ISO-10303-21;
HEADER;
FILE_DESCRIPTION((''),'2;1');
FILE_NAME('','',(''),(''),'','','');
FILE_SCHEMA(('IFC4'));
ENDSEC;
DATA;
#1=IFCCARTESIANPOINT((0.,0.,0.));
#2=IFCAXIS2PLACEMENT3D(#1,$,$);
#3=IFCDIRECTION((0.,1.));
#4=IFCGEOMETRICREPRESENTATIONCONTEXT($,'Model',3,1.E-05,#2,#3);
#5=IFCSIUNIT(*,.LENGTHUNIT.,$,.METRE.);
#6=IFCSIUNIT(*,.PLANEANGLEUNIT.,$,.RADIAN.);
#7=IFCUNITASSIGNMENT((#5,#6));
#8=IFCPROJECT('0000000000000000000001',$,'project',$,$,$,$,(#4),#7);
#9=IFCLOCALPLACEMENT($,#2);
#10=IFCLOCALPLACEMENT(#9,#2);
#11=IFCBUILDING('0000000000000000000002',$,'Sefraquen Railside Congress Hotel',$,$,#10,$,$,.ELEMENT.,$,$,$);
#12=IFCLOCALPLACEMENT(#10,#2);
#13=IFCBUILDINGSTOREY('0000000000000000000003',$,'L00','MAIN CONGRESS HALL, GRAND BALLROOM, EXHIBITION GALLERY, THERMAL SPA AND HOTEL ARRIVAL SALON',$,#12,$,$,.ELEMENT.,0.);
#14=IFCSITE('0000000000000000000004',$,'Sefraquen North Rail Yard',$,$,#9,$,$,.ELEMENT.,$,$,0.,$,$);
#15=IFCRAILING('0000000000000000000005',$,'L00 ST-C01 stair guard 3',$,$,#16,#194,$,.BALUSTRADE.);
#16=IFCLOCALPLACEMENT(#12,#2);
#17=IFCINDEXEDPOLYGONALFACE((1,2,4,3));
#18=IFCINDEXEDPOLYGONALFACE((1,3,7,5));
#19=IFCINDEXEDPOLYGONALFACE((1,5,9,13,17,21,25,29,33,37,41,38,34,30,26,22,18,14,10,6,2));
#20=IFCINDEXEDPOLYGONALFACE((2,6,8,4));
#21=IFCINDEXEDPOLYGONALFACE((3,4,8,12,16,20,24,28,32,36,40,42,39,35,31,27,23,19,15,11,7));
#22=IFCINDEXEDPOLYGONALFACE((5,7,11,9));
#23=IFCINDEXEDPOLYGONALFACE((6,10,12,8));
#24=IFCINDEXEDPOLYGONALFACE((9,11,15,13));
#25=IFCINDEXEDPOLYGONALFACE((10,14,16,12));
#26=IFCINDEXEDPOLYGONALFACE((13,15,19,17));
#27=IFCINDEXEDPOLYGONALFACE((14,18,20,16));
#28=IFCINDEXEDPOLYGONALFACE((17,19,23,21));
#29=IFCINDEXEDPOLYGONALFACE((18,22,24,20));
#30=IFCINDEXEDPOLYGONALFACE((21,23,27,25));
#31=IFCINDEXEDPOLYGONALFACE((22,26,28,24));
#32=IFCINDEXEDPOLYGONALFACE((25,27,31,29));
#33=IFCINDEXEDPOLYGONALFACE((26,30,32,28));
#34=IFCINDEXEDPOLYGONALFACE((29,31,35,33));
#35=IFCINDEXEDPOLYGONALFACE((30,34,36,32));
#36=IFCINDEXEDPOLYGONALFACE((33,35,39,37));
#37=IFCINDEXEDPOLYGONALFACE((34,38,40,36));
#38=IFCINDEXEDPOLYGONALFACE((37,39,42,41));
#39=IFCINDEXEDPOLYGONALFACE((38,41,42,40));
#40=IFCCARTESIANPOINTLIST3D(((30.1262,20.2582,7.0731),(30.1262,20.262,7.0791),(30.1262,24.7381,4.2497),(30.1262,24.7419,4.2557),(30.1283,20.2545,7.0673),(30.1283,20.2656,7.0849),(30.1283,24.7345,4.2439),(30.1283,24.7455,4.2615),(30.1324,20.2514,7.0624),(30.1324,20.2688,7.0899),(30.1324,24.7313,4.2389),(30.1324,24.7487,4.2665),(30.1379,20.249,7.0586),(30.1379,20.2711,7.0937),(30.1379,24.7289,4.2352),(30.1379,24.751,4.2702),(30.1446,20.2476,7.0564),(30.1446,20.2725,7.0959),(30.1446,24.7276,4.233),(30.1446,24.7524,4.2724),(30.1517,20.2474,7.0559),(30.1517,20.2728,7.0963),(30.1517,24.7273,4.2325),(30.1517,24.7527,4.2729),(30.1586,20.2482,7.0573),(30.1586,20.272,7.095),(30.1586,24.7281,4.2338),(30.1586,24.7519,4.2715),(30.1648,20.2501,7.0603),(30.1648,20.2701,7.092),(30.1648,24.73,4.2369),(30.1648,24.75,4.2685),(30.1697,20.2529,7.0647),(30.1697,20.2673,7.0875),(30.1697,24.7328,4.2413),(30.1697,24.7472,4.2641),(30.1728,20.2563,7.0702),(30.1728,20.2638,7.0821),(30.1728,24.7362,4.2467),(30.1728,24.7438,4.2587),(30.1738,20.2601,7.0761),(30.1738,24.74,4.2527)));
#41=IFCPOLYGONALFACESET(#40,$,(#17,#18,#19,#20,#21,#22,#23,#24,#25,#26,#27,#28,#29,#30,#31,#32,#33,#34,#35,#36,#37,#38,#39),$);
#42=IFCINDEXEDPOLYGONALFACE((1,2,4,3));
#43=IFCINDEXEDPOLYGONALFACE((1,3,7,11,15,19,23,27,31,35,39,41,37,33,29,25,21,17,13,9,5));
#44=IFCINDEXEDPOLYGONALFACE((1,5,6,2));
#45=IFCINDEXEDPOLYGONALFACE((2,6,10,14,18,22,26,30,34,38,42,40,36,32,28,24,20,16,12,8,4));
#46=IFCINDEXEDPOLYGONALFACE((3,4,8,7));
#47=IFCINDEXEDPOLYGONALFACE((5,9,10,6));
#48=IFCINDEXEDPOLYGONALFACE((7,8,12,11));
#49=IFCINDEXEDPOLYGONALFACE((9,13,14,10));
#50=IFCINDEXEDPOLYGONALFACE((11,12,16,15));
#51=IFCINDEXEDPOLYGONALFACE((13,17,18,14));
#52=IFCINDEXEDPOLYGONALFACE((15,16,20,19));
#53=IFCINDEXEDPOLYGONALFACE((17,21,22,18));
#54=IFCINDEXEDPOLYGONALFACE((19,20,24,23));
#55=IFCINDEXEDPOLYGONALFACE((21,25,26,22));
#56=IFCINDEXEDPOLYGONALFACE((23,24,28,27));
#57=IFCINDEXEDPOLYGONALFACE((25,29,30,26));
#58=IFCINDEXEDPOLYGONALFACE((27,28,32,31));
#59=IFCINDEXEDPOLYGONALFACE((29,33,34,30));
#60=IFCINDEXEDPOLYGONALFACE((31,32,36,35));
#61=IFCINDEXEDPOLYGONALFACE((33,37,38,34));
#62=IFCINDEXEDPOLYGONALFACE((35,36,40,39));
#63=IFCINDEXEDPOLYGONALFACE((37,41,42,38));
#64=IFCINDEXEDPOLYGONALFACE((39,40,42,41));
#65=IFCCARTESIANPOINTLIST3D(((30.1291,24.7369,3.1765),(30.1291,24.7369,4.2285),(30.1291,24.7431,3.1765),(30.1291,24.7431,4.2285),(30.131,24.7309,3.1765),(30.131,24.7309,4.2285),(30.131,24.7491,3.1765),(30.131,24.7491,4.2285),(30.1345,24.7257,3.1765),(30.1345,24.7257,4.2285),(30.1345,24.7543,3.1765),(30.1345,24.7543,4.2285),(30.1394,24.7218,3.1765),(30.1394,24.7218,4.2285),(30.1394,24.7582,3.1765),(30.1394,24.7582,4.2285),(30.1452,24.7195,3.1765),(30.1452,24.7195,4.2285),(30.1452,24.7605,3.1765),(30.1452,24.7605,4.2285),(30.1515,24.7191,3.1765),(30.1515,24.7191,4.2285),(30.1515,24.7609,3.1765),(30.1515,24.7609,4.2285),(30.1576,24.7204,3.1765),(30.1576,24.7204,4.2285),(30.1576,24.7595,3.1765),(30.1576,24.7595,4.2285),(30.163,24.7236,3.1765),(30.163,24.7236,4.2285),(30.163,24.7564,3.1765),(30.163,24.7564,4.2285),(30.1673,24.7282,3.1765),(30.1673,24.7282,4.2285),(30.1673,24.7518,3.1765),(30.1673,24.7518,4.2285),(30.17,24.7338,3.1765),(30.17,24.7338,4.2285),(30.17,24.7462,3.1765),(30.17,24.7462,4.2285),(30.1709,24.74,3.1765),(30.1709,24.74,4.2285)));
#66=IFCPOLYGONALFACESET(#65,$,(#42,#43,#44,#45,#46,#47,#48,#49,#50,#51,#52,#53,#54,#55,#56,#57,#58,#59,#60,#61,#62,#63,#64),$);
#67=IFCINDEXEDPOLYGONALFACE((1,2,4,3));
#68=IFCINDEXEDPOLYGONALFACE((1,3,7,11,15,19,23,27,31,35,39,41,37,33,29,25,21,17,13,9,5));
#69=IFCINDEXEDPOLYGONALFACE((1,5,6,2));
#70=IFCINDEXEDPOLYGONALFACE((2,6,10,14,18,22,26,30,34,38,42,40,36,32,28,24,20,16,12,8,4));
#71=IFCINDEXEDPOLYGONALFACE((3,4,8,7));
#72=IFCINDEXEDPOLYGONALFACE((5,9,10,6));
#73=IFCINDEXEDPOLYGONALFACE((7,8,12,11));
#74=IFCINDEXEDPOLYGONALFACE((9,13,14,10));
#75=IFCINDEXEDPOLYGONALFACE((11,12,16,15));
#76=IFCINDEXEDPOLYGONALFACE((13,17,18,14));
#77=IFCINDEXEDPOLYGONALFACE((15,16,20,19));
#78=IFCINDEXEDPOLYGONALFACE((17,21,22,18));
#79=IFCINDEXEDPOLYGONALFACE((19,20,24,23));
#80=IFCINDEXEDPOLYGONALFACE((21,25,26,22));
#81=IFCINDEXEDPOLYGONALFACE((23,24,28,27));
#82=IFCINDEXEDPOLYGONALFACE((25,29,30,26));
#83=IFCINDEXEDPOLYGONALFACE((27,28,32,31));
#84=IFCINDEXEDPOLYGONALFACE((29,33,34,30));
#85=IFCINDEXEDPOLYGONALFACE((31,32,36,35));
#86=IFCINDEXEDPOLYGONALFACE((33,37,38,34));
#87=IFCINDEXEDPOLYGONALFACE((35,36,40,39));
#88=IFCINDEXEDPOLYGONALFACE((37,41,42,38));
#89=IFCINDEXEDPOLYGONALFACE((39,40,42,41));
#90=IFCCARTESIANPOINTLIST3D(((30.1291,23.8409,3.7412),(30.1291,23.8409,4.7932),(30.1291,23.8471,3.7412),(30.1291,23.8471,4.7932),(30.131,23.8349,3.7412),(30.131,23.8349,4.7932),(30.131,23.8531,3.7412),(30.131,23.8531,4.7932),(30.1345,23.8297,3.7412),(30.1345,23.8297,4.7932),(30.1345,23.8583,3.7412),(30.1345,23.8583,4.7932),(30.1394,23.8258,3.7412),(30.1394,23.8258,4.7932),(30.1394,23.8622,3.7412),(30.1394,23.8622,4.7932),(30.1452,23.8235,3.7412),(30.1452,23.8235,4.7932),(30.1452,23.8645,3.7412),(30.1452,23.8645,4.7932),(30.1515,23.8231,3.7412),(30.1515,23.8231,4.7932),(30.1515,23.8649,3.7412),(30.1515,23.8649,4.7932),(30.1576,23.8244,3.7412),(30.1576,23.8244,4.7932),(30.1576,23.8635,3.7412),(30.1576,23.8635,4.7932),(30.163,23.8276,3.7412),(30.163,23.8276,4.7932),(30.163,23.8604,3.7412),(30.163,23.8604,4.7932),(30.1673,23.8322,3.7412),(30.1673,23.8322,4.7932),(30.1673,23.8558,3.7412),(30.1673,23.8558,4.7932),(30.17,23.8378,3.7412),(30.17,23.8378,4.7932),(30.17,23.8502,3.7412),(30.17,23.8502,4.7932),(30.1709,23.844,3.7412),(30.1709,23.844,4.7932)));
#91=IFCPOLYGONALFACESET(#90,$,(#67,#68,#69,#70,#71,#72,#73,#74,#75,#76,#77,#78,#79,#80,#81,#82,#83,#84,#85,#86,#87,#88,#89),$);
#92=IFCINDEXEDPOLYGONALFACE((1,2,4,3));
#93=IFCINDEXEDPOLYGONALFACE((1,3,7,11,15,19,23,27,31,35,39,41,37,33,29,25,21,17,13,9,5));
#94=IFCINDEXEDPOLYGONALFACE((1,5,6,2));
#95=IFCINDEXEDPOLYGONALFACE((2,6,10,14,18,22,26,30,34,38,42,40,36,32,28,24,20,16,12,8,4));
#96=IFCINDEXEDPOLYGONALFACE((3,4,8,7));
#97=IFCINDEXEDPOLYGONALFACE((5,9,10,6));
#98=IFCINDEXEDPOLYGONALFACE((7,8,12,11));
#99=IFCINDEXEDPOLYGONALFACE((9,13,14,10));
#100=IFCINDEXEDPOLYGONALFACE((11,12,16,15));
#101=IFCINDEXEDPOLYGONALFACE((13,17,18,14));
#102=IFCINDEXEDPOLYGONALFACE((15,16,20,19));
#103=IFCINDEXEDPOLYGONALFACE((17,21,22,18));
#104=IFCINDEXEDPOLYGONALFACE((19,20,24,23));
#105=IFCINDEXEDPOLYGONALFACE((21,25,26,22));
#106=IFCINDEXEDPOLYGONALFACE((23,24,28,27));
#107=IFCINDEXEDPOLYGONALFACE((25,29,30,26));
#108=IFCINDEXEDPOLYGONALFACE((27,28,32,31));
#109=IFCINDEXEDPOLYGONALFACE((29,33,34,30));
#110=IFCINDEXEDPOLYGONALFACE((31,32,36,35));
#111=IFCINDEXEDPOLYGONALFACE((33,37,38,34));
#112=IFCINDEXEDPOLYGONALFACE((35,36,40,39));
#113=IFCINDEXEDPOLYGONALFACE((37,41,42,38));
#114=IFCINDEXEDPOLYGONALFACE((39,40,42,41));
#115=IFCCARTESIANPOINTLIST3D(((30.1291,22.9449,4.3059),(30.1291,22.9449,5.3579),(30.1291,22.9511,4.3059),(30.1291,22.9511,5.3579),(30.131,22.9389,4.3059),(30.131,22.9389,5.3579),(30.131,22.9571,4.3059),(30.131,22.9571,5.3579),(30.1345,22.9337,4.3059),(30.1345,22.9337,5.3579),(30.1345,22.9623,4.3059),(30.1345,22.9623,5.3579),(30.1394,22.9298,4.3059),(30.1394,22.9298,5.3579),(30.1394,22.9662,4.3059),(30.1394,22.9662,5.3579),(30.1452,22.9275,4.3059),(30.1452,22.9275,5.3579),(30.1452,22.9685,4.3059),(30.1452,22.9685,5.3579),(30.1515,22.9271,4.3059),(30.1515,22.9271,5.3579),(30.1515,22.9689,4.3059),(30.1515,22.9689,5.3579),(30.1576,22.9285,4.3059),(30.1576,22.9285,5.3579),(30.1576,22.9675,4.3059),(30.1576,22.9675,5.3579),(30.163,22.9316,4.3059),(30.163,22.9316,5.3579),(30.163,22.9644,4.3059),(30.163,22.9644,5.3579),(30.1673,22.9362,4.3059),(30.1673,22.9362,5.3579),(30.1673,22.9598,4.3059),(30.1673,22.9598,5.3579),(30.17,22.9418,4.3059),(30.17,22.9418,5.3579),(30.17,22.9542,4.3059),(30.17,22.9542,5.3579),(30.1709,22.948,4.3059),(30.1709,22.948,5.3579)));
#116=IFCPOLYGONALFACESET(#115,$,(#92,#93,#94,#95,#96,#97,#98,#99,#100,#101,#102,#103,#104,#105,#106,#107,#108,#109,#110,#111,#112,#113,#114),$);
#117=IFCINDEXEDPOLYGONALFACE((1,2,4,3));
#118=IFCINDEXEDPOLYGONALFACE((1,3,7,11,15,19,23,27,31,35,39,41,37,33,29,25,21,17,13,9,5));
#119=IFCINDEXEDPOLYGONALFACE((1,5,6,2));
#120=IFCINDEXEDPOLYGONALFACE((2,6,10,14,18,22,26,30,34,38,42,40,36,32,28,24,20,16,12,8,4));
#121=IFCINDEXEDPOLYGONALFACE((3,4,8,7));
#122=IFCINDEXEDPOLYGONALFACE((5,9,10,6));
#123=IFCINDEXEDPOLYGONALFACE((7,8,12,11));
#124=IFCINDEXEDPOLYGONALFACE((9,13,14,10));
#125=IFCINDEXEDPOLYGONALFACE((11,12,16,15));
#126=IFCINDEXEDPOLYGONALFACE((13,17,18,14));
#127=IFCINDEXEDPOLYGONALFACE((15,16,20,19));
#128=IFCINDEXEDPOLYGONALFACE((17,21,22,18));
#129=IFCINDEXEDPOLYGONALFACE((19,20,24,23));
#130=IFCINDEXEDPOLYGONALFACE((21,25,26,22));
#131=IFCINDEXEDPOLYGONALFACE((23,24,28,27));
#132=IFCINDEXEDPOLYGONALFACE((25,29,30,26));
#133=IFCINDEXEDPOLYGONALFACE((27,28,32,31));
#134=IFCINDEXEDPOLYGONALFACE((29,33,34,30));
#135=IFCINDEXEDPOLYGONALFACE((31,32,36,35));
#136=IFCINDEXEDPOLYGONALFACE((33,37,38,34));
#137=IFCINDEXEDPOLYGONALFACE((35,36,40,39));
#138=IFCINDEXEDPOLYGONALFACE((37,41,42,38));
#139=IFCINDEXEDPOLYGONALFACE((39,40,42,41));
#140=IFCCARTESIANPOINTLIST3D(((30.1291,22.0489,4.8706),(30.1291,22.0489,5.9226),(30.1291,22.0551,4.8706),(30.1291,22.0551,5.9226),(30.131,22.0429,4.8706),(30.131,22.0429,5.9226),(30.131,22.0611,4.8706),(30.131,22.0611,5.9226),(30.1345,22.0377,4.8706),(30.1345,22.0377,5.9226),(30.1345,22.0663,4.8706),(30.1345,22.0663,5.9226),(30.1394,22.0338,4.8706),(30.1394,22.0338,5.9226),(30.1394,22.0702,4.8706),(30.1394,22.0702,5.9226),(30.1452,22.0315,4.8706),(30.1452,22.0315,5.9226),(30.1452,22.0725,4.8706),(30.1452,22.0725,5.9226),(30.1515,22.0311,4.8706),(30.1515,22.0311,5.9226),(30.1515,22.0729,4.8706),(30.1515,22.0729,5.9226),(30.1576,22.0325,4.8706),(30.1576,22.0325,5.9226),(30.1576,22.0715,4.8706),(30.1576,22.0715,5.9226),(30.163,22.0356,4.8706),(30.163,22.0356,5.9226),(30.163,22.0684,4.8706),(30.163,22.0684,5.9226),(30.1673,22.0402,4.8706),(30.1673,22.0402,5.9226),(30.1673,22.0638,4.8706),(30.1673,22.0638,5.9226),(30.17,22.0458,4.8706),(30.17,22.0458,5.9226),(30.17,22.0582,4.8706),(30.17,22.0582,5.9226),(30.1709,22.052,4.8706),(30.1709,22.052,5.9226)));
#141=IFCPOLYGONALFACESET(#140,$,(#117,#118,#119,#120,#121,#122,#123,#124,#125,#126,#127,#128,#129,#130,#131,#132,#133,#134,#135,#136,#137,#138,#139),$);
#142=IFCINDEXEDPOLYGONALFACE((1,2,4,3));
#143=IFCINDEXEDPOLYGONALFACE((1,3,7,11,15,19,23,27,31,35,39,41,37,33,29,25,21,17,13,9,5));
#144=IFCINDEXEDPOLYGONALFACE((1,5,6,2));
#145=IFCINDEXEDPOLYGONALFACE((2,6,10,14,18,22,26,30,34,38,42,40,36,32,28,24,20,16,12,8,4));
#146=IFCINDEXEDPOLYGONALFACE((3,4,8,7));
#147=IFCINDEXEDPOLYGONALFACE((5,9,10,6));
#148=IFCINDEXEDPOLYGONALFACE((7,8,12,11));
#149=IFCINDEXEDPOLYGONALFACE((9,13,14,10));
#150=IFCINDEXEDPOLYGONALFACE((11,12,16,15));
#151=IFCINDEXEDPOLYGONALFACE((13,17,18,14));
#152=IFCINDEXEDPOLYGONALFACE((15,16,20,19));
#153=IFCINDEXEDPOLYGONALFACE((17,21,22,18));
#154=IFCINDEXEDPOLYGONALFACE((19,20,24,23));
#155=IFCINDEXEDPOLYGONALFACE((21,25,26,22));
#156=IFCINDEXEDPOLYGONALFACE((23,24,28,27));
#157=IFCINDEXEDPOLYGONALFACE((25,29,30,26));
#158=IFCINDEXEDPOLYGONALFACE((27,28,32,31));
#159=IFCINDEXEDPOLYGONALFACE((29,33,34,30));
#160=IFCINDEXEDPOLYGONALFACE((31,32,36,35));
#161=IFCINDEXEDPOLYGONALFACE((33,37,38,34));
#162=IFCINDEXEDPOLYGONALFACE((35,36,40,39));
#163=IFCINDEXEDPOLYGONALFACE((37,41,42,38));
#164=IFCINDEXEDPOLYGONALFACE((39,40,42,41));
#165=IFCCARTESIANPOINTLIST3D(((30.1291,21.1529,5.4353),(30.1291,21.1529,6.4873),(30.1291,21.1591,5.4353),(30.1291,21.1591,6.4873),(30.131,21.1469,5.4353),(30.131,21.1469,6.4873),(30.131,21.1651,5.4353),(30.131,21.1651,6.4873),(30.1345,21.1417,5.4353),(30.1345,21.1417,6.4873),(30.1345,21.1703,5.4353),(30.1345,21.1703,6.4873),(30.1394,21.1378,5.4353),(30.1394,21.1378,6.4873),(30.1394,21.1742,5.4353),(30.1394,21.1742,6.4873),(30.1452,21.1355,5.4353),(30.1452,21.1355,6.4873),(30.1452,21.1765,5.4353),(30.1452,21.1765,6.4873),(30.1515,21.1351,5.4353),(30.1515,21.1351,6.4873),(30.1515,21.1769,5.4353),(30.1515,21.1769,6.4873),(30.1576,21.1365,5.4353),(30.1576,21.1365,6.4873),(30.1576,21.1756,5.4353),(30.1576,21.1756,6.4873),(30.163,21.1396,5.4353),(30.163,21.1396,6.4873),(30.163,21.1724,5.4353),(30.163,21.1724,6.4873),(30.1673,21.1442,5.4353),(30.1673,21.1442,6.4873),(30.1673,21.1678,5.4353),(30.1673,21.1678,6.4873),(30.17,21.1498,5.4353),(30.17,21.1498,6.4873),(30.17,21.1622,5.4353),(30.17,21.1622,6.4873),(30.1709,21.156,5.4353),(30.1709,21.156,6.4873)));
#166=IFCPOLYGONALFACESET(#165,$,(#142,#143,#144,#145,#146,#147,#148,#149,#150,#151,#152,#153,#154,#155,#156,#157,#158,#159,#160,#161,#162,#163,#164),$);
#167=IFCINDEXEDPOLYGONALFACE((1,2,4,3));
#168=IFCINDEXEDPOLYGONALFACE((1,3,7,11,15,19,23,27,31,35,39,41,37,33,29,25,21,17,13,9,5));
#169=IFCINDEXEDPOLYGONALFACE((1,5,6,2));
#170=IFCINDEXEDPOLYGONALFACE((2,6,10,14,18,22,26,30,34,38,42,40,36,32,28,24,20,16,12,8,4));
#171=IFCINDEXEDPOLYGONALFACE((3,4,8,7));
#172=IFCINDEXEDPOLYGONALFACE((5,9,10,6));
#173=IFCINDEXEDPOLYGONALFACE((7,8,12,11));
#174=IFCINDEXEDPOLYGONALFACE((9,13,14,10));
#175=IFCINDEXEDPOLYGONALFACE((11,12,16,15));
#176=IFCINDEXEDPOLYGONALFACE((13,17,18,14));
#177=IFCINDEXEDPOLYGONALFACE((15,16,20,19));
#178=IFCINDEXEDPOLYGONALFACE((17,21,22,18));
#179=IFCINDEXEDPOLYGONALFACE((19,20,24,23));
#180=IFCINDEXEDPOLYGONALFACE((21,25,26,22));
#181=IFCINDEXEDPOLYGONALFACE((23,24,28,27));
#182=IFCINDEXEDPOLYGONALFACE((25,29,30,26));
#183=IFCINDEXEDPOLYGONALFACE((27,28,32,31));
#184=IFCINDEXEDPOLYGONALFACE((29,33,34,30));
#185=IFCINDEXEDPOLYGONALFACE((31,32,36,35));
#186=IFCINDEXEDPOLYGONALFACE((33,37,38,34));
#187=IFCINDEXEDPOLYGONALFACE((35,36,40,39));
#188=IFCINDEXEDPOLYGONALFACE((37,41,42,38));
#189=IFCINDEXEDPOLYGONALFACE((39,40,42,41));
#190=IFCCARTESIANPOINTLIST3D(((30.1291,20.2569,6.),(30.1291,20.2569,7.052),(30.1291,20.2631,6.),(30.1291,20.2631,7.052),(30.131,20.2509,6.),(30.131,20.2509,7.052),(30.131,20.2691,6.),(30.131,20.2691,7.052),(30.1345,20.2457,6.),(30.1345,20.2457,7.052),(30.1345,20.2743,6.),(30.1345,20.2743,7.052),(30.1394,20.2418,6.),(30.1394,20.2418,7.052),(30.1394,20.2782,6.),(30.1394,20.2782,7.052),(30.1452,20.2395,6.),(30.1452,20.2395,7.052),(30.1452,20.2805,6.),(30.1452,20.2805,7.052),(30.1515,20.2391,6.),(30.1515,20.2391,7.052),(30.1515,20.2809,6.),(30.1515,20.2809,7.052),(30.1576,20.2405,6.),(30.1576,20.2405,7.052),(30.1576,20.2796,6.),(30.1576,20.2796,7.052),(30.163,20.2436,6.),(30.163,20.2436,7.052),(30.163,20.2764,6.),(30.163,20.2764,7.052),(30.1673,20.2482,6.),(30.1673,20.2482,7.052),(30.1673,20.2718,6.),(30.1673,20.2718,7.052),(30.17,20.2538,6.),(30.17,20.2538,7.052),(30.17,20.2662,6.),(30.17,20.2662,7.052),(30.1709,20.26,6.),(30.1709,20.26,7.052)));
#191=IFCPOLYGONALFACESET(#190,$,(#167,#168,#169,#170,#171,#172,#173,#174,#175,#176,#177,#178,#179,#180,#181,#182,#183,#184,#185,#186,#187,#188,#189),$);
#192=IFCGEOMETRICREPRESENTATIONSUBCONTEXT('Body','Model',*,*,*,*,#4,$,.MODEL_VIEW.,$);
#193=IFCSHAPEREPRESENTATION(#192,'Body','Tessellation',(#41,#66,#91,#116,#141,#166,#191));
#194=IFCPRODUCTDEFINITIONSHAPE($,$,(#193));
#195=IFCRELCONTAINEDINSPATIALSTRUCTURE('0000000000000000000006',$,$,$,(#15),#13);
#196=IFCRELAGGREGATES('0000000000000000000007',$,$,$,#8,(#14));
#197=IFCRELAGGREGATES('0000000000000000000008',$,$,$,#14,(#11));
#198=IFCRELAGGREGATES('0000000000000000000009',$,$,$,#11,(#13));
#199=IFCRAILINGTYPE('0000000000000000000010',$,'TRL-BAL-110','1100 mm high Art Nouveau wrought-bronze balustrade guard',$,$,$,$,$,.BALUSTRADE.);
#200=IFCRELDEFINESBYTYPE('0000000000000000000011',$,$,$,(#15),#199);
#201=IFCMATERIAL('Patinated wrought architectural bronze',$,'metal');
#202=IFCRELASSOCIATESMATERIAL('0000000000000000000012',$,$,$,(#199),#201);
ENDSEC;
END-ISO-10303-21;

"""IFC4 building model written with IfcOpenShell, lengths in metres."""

from ifc_helpers import new_model, si_unit, direction, frame, origin, origin_2d, place, context, subcontext, project, spatial, circle, extrude, material, type_object, element, save


model = new_model("IFC4")

# Units and contexts
model_context = context("Model", 3, precision=1e-05, world=origin(), true_north=direction((0.0, 1.0)))
body_context = subcontext(model_context, "Body", "Model", "MODEL_VIEW")
ifc_project = project(units=[si_unit("LENGTHUNIT", "METRE"), si_unit("PLANEANGLEUNIT", "RADIAN")], contexts=[model_context])

# Site, building, storey
site_placement = place(None, origin())
site = spatial("IfcSite", under=ifc_project, at=site_placement, Name="Sefraquen North Rail Yard", CompositionType="ELEMENT", RefElevation=0.0)
building_placement = place(site_placement, origin())
building = spatial("IfcBuilding", under=site, at=building_placement, Name="Sefraquen Railside Congress Hotel", CompositionType="ELEMENT")
storey_placement = place(building_placement, origin())
storey = spatial("IfcBuildingStorey", under=building, at=storey_placement, Name="L00", Description="MAIN CONGRESS HALL, GRAND BALLROOM, EXHIBITION GALLERY, THERMAL SPA AND HOTEL ARRIVAL SALON", CompositionType="ELEMENT", Elevation=0.0)

# Railing
ifc_material_1 = material(Name="Patinated wrought architectural bronze", Category="metal")
railing_type_1 = type_object("IfcRailingType", Name="TRL-BAL-110", Description="1100 mm high Art Nouveau wrought-bronze balustrade guard", PredefinedType="BALUSTRADE", material=ifc_material_1)
railing_1_placement = place(storey_placement, frame((30.1499, 24.74, 3.1765)))
element("IfcRailing", 1, at=railing_1_placement, inside=storey, type_object=railing_type_1, Name="L00 ST-C01 stair guard 3", PredefinedType="BALUSTRADE", context=body_context, shape_type="SweptSolid", body=[
    extrude(circle(Radius=0.0239, at=origin_2d()), frame((0.0, 0.0, 1.0762), z_axis=(0.0, -0.845998, 0.533186), x_axis=(1.0, 0.0, 0.0)), (0.0, 0.0, 1.0), 5.2954),
    extrude(circle(Radius=0.021, at=origin_2d()), origin(), (0.0, 0.0, 1.0), 1.052),
    extrude(circle(Radius=0.021, at=origin_2d()), frame((0.0, -0.896, 0.5647)), (0.0, 0.0, 1.0), 1.052),
    extrude(circle(Radius=0.021, at=origin_2d()), frame((0.0, -1.792, 1.1294)), (0.0, 0.0, 1.0), 1.052),
    extrude(circle(Radius=0.021, at=origin_2d()), frame((0.0, -2.688, 1.6941)), (0.0, 0.0, 1.0), 1.052),
    extrude(circle(Radius=0.021, at=origin_2d()), frame((0.0, -3.584, 2.2588)), (0.0, 0.0, 1.0), 1.052),
    extrude(circle(Radius=0.021, at=origin_2d()), frame((0.0, -4.48, 2.8235)), (0.0, 0.0, 1.0), 1.052),
])

save(model, "model.ifc")
